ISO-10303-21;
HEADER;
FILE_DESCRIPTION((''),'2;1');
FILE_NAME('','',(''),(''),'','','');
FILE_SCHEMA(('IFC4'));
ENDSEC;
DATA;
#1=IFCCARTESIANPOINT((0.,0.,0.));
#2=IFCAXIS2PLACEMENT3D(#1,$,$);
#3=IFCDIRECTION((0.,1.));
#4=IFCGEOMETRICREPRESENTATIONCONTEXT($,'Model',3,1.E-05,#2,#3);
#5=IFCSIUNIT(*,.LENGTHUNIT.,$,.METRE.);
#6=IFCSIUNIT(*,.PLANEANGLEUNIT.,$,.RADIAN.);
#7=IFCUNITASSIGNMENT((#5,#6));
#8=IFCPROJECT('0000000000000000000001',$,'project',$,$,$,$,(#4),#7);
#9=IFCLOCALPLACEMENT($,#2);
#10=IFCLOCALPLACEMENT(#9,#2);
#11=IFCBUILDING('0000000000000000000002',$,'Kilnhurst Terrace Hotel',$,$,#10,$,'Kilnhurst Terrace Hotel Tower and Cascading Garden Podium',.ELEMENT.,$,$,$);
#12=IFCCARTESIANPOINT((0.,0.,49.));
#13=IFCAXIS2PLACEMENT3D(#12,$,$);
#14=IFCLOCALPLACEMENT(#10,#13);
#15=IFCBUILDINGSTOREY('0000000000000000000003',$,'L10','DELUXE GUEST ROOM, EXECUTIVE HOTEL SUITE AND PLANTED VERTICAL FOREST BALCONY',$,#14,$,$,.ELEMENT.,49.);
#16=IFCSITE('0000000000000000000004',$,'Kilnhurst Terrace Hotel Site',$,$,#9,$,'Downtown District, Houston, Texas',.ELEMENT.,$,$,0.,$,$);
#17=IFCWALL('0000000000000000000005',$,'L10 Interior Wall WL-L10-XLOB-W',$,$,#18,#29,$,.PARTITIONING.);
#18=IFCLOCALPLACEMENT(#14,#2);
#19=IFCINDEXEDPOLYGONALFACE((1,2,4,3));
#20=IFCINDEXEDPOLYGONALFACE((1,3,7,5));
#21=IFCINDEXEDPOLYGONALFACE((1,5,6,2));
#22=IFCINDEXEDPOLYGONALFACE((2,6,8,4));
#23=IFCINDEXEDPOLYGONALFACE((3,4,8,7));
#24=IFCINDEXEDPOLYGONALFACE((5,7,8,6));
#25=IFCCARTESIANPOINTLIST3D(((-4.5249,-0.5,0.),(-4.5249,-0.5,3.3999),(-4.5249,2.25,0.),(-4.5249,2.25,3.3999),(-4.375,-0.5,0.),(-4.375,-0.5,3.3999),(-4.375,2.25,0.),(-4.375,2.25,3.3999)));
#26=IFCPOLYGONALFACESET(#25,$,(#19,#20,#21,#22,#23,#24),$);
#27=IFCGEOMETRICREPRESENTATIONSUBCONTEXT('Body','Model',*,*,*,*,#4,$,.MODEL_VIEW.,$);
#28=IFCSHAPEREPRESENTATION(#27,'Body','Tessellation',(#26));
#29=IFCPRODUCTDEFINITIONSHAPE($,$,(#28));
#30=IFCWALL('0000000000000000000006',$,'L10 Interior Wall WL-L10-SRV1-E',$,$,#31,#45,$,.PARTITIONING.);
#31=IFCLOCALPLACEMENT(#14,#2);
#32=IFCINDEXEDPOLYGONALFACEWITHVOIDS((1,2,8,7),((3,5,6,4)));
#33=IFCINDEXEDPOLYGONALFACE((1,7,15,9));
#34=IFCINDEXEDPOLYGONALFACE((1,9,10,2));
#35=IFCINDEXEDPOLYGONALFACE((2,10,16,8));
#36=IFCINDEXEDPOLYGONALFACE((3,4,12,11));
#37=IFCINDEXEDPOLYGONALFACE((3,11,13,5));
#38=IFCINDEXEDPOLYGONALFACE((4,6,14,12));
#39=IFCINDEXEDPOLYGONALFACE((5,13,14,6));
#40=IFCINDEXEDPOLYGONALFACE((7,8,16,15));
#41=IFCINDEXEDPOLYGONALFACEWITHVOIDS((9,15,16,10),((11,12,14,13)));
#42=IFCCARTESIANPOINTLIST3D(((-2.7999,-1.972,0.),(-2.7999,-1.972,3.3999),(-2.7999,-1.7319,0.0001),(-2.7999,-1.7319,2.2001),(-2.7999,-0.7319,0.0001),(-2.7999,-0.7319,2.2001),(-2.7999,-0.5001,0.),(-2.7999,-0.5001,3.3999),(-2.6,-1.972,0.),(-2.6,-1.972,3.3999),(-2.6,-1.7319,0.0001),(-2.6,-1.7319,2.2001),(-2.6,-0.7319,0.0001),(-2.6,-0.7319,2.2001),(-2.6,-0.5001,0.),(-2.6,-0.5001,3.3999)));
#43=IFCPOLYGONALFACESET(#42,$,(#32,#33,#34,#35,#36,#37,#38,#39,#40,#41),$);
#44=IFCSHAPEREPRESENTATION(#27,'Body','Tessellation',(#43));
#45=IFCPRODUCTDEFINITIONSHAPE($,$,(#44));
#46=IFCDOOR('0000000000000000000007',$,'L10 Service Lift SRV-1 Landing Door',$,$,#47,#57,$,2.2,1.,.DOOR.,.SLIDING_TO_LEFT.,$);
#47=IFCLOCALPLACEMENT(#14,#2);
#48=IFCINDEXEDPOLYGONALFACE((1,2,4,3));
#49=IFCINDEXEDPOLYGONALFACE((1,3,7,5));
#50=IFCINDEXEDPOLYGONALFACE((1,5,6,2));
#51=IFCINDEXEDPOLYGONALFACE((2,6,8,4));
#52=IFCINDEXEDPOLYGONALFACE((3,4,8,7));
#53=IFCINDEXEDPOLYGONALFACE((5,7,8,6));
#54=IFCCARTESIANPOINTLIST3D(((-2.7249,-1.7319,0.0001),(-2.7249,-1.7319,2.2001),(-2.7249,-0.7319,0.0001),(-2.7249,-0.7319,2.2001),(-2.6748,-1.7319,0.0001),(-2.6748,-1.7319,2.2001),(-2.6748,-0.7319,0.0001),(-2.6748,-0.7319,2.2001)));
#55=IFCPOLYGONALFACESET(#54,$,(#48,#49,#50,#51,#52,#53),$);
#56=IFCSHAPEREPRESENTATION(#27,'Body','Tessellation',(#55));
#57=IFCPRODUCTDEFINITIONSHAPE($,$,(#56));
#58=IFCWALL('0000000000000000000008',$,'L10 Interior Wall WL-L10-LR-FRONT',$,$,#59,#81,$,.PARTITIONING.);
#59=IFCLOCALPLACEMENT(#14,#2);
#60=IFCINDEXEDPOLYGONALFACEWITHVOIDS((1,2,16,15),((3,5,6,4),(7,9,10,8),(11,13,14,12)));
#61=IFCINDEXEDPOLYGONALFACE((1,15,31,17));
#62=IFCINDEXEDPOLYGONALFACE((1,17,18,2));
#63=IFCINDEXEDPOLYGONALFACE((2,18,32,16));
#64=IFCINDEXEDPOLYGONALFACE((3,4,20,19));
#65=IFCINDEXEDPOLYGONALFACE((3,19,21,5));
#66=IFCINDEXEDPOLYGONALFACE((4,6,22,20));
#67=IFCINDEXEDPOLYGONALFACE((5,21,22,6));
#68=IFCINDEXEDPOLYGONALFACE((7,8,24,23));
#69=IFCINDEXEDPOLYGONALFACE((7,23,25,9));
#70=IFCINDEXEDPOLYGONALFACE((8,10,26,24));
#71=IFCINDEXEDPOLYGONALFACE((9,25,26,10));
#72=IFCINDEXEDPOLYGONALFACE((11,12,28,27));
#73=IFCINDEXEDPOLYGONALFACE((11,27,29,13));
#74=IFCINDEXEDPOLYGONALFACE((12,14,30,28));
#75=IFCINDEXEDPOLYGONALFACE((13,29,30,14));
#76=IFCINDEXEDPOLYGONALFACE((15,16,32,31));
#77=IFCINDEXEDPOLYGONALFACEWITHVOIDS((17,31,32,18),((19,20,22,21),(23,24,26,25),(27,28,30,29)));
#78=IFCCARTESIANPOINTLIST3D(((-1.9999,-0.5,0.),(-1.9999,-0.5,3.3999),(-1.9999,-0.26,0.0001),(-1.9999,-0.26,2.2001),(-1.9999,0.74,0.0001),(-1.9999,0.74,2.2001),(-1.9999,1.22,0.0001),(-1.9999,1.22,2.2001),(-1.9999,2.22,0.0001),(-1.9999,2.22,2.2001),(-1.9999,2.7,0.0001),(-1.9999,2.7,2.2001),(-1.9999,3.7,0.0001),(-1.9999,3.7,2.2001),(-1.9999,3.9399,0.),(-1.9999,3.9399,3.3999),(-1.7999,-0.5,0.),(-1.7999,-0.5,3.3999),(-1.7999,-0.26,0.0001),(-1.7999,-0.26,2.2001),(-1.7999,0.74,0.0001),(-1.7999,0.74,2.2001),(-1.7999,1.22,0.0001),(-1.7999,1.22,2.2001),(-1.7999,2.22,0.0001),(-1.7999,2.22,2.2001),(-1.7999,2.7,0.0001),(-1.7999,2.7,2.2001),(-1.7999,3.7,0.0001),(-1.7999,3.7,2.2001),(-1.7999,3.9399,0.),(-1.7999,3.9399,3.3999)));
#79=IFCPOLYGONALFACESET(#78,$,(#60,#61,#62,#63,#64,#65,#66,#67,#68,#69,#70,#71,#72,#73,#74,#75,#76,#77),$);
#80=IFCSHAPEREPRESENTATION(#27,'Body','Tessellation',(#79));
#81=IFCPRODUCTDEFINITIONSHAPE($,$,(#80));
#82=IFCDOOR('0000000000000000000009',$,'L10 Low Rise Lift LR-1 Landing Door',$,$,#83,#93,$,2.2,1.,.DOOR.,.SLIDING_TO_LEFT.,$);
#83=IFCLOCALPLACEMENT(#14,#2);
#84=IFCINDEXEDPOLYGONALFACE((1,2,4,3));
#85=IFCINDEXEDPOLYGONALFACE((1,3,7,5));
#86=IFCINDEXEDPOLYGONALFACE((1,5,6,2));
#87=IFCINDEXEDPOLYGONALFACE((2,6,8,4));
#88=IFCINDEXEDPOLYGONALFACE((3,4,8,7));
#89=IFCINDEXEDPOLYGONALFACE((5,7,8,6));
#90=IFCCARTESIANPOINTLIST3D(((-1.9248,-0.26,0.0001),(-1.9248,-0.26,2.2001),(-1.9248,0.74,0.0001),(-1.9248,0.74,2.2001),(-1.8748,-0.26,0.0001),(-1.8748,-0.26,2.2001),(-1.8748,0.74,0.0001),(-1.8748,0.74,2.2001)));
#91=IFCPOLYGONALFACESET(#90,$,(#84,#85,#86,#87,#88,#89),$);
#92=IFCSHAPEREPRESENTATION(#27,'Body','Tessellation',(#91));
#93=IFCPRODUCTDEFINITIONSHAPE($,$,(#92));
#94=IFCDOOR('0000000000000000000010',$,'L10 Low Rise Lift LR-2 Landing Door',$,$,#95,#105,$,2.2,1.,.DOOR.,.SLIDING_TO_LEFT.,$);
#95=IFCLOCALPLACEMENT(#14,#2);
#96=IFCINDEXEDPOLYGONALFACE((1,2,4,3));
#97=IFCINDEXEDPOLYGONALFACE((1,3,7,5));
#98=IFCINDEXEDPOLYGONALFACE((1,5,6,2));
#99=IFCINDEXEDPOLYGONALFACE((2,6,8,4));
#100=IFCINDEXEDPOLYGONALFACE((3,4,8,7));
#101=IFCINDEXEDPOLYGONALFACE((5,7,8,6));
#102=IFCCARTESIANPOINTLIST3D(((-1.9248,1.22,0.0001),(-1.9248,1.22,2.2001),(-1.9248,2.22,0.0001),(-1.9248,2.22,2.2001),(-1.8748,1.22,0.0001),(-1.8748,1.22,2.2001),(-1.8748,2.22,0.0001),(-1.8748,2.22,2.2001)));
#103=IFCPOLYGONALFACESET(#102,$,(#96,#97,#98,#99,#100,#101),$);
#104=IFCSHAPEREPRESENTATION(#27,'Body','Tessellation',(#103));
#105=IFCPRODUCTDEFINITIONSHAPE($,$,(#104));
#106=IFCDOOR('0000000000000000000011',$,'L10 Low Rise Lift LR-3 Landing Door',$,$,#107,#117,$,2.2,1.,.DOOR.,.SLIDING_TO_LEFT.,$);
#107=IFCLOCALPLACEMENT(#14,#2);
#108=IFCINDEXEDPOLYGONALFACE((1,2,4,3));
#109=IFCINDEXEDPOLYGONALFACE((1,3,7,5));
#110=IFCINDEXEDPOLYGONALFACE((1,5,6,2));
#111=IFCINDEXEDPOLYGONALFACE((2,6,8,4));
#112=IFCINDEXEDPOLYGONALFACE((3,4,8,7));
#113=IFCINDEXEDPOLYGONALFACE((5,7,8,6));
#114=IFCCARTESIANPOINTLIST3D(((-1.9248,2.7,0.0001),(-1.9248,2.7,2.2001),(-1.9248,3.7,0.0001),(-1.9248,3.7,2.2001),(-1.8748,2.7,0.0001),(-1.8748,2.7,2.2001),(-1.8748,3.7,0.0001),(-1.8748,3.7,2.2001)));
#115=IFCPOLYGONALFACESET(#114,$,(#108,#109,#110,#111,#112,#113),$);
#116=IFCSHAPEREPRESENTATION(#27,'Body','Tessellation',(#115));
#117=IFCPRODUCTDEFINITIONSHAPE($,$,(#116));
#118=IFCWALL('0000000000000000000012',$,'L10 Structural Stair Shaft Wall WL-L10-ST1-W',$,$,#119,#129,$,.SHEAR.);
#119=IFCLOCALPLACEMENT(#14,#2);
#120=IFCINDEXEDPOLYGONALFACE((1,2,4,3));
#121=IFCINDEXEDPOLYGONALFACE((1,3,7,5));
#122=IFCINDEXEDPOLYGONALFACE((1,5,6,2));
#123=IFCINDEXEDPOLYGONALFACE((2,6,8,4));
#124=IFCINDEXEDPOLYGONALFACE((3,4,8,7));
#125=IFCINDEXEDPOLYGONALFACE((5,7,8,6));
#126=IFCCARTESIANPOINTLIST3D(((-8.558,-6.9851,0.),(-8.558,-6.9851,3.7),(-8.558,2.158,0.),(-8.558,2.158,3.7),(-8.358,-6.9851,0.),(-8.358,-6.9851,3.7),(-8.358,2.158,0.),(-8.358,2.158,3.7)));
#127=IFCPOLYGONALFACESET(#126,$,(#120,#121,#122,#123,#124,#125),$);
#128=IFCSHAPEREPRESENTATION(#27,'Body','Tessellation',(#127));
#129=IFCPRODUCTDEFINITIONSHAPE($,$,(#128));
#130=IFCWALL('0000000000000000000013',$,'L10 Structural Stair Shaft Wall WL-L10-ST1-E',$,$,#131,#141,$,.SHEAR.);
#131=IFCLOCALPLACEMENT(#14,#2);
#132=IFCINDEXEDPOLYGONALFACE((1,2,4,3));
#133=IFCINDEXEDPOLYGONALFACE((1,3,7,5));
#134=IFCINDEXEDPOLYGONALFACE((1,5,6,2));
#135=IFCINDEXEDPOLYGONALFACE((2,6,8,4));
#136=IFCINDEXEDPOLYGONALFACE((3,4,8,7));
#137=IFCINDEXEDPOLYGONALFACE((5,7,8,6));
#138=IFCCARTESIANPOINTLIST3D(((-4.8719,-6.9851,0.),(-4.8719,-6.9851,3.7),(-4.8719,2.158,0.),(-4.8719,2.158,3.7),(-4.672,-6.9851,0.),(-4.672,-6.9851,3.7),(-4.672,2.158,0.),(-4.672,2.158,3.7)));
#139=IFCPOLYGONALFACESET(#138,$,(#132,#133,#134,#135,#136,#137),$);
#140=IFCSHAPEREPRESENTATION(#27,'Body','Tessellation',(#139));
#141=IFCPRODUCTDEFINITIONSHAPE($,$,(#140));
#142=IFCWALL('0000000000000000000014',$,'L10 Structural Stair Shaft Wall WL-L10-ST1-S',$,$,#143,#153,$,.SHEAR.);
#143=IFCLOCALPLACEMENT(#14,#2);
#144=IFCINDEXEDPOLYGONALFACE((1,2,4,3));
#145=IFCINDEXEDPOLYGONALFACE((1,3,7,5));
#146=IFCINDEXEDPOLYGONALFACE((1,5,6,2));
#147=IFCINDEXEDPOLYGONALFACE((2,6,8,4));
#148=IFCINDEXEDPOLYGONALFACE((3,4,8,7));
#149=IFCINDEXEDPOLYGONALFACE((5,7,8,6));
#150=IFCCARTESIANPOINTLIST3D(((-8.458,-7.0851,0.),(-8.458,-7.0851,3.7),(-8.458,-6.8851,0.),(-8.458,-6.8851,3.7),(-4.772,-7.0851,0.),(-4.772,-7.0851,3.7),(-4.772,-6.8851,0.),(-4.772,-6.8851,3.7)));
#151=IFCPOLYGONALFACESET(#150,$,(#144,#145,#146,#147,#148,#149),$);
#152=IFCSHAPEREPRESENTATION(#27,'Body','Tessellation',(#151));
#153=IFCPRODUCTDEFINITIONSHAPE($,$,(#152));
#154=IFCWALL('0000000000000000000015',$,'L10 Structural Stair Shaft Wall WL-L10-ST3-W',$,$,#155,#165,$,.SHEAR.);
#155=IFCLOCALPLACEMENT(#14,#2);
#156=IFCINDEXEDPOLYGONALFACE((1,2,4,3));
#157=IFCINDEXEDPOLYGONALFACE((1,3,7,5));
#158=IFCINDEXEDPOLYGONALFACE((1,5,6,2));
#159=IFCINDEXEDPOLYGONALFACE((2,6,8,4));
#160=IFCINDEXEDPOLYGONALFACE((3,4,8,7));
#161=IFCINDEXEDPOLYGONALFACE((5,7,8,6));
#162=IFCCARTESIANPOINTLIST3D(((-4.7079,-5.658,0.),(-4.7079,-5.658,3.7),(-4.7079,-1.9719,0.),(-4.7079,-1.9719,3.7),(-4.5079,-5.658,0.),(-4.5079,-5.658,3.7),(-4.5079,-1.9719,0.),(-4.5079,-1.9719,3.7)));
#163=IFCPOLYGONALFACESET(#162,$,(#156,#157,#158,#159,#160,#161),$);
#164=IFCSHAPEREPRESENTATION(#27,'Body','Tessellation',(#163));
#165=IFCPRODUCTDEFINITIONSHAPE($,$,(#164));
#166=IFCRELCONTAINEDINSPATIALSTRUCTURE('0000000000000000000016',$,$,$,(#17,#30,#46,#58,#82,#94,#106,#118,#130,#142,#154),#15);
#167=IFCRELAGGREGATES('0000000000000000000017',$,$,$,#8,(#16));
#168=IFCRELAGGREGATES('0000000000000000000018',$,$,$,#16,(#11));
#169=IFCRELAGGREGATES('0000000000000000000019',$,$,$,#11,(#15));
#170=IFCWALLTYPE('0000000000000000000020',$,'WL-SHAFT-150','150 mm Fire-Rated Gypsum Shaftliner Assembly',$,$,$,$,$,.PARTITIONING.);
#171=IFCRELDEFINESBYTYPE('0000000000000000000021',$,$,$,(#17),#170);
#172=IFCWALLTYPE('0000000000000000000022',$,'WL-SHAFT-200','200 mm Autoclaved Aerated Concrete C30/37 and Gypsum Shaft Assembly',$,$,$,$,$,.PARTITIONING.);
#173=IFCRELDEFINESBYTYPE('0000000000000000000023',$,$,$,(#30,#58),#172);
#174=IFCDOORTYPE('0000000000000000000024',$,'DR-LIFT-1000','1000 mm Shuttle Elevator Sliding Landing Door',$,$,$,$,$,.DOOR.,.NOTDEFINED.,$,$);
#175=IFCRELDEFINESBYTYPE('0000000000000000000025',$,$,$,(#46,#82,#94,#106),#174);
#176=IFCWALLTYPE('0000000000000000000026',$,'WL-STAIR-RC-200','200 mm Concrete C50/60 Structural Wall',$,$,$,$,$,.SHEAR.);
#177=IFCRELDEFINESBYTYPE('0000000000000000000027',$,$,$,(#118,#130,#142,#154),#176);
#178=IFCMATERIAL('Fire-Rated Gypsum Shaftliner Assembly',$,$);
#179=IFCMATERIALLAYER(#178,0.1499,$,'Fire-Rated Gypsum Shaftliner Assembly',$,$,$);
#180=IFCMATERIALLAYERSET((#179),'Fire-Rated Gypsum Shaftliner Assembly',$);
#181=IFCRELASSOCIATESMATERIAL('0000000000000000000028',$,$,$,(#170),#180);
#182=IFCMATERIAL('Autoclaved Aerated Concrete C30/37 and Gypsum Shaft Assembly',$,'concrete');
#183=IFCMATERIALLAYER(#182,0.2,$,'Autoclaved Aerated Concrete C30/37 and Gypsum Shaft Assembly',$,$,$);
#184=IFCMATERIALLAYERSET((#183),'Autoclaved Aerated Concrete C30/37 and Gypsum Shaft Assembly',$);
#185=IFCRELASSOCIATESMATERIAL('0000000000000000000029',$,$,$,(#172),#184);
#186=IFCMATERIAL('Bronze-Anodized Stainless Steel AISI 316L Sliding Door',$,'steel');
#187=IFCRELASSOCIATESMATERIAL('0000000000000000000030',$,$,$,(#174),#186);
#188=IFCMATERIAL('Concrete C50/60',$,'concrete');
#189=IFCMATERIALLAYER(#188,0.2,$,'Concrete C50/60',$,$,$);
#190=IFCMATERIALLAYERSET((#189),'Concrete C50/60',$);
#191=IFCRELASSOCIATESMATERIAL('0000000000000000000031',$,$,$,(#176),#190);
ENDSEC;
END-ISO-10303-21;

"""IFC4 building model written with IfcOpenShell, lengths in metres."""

from ifc_helpers import new_model, si_unit, direction, frame, frame_2d, origin, place, context, subcontext, project, spatial, rectangle, extrude, material, layer, layer_set, type_object, element, fill, save


model = new_model("IFC4")

# Units and contexts
model_context = context("Model", 3, precision=1e-05, world=origin(), true_north=direction((0.0, 1.0)))
body_context = subcontext(model_context, "Body", "Model", "MODEL_VIEW")
ifc_project = project(units=[si_unit("LENGTHUNIT", "METRE"), si_unit("PLANEANGLEUNIT", "RADIAN")], contexts=[model_context])

# Site, building, storey
site_placement = place(None, origin())
site = spatial("IfcSite", under=ifc_project, at=site_placement, Name="Kilnhurst Terrace Hotel Site", LongName="Downtown District, Houston, Texas", CompositionType="ELEMENT", RefElevation=0.0)
building_placement = place(site_placement, origin())
building = spatial("IfcBuilding", under=site, at=building_placement, Name="Kilnhurst Terrace Hotel", LongName="Kilnhurst Terrace Hotel Tower and Cascading Garden Podium", CompositionType="ELEMENT")
storey_placement = place(building_placement, frame((0.0, 0.0, 49.0)))
storey = spatial("IfcBuildingStorey", under=building, at=storey_placement, Name="L10", Description="DELUXE GUEST ROOM, EXECUTIVE HOTEL SUITE AND PLANTED VERTICAL FOREST BALCONY", CompositionType="ELEMENT", Elevation=49.0)

# Wall
ifc_material_1 = material(Name="Fire-Rated Gypsum Shaftliner Assembly")
ifc_layer_1 = layer(ifc_material_1, 0.1499, Name="Fire-Rated Gypsum Shaftliner Assembly")
ifc_layer_set_1 = layer_set([ifc_layer_1], Name="Fire-Rated Gypsum Shaftliner Assembly")
wall_type_1 = type_object("IfcWallType", Name="WL-SHAFT-150", Description="150 mm Fire-Rated Gypsum Shaftliner Assembly", PredefinedType="PARTITIONING", material=ifc_layer_set_1)
wall_1_placement = place(storey_placement, frame((-4.45, -0.5, 0.0), z_axis=(0.0, 0.0, 1.0), x_axis=(0.0, 1.0, 0.0)))
element("IfcWall", 1, at=wall_1_placement, inside=storey, type_object=wall_type_1, Name="L10 Interior Wall WL-L10-XLOB-W", PredefinedType="PARTITIONING", context=body_context, shape_type="SweptSolid", body=[
    extrude(rectangle(XDim=2.75, YDim=0.1499, at=frame_2d((1.375, 0.0))), origin(), (0.0, 0.0, 1.0), 3.3999),
])

# Wall, opening, door
ifc_material_2 = material(Name="Autoclaved Aerated Concrete C30/37 and Gypsum Shaft Assembly", Category="concrete")
ifc_layer_2 = layer(ifc_material_2, 0.2, Name="Autoclaved Aerated Concrete C30/37 and Gypsum Shaft Assembly")
ifc_layer_set_2 = layer_set([ifc_layer_2], Name="Autoclaved Aerated Concrete C30/37 and Gypsum Shaft Assembly")
wall_type_2 = type_object("IfcWallType", Name="WL-SHAFT-200", Description="200 mm Autoclaved Aerated Concrete C30/37 and Gypsum Shaft Assembly", PredefinedType="PARTITIONING", material=ifc_layer_set_2)
wall_2_placement = place(storey_placement, frame((-2.7, -1.9719, 0.0), z_axis=(0.0, 0.0, 1.0), x_axis=(0.0, 1.0, 0.0)))
wall_2 = element("IfcWall", 2, at=wall_2_placement, inside=storey, type_object=wall_type_2, Name="L10 Interior Wall WL-L10-SRV1-E", PredefinedType="PARTITIONING", context=body_context, shape_type="SweptSolid", body=[
    extrude(rectangle(XDim=1.4719, YDim=0.2, at=frame_2d((0.7358, 0.0))), origin(), (0.0, 0.0, 1.0), 3.3999),
])
opening_1_placement = place(wall_2_placement, frame((0.24, 0.0, 0.0)))
opening_1 = element("IfcOpeningElement", 3, at=opening_1_placement, cuts=wall_2, PredefinedType="OPENING", context=body_context, shape_type="SweptSolid", body=[
    extrude(rectangle(XDim=1.0, YDim=2.2, at=frame_2d((0.5, 1.1001))), frame((0.0, 0.1099, 0.0), z_axis=(0.0, -1.0, 0.0), x_axis=(1.0, 0.0, 0.0)), (0.0, 0.0, 1.0), 0.22),
])
ifc_material_3 = material(Name="Bronze-Anodized Stainless Steel AISI 316L Sliding Door", Category="steel")
door_type_1 = type_object("IfcDoorType", Name="DR-LIFT-1000", Description="1000 mm Shuttle Elevator Sliding Landing Door", OperationType="NOTDEFINED", PredefinedType="DOOR", material=ifc_material_3)
door_1_placement = place(opening_1_placement, origin())
door_1 = element("IfcDoor", 4, at=door_1_placement, inside=storey, type_object=door_type_1, Name="L10 Service Lift SRV-1 Landing Door", OperationType="SLIDING_TO_LEFT", OverallHeight=2.2, OverallWidth=1.0, PredefinedType="DOOR", context=body_context, shape_type="SweptSolid", body=[
    extrude(rectangle(XDim=1.0, YDim=2.2, at=frame_2d((0.5, 1.1001))), frame((0.0, 0.0249, 0.0), z_axis=(0.0, -1.0, 0.0), x_axis=(1.0, 0.0, 0.0)), (0.0, 0.0, 1.0), 0.05),
])
fill(opening_1, door_1)

# Wall, openings, doors
wall_3_placement = place(storey_placement, frame((-1.8999, -0.5, 0.0), z_axis=(0.0, 0.0, 1.0), x_axis=(0.0, 1.0, 0.0)))
wall_3 = element("IfcWall", 5, at=wall_3_placement, inside=storey, type_object=wall_type_2, Name="L10 Interior Wall WL-L10-LR-FRONT", PredefinedType="PARTITIONING", context=body_context, shape_type="SweptSolid", body=[
    extrude(rectangle(XDim=4.4399, YDim=0.2, at=frame_2d((2.22, 0.0))), origin(), (0.0, 0.0, 1.0), 3.3999),
])
opening_2_placement = place(wall_3_placement, frame((0.24, 0.0, 0.0)))
opening_2 = element("IfcOpeningElement", 6, at=opening_2_placement, cuts=wall_3, PredefinedType="OPENING", context=body_context, shape_type="SweptSolid", body=[
    extrude(rectangle(XDim=1.0, YDim=2.2, at=frame_2d((0.5, 1.1001))), frame((0.0, 0.1099, 0.0), z_axis=(0.0, -1.0, 0.0), x_axis=(1.0, 0.0, 0.0)), (0.0, 0.0, 1.0), 0.22),
])
opening_3_placement = place(wall_3_placement, frame((1.72, 0.0, 0.0)))
opening_3 = element("IfcOpeningElement", 7, at=opening_3_placement, cuts=wall_3, PredefinedType="OPENING", context=body_context, shape_type="SweptSolid", body=[
    extrude(rectangle(XDim=1.0, YDim=2.2, at=frame_2d((0.5, 1.1001))), frame((0.0, 0.1099, 0.0), z_axis=(0.0, -1.0, 0.0), x_axis=(1.0, 0.0, 0.0)), (0.0, 0.0, 1.0), 0.22),
])
opening_4_placement = place(wall_3_placement, frame((3.2, 0.0, 0.0)))
opening_4 = element("IfcOpeningElement", 8, at=opening_4_placement, cuts=wall_3, PredefinedType="OPENING", context=body_context, shape_type="SweptSolid", body=[
    extrude(rectangle(XDim=1.0, YDim=2.2, at=frame_2d((0.5, 1.1001))), frame((0.0, 0.1099, 0.0), z_axis=(0.0, -1.0, 0.0), x_axis=(1.0, 0.0, 0.0)), (0.0, 0.0, 1.0), 0.22),
])
door_2_placement = place(opening_2_placement, origin())
door_2 = element("IfcDoor", 9, at=door_2_placement, inside=storey, type_object=door_type_1, Name="L10 Low Rise Lift LR-1 Landing Door", OperationType="SLIDING_TO_LEFT", OverallHeight=2.2, OverallWidth=1.0, PredefinedType="DOOR", context=body_context, shape_type="SweptSolid", body=[
    extrude(rectangle(XDim=1.0, YDim=2.2, at=frame_2d((0.5, 1.1001))), frame((0.0, 0.0249, 0.0), z_axis=(0.0, -1.0, 0.0), x_axis=(1.0, 0.0, 0.0)), (0.0, 0.0, 1.0), 0.05),
])
fill(opening_2, door_2)
door_3_placement = place(opening_3_placement, origin())
door_3 = element("IfcDoor", 10, at=door_3_placement, inside=storey, type_object=door_type_1, Name="L10 Low Rise Lift LR-2 Landing Door", OperationType="SLIDING_TO_LEFT", OverallHeight=2.2, OverallWidth=1.0, PredefinedType="DOOR", context=body_context, shape_type="SweptSolid", body=[
    extrude(rectangle(XDim=1.0, YDim=2.2, at=frame_2d((0.5, 1.1001))), frame((0.0, 0.0249, 0.0), z_axis=(0.0, -1.0, 0.0), x_axis=(1.0, 0.0, 0.0)), (0.0, 0.0, 1.0), 0.05),
])
fill(opening_3, door_3)
door_4_placement = place(opening_4_placement, origin())
door_4 = element("IfcDoor", 11, at=door_4_placement, inside=storey, type_object=door_type_1, Name="L10 Low Rise Lift LR-3 Landing Door", OperationType="SLIDING_TO_LEFT", OverallHeight=2.2, OverallWidth=1.0, PredefinedType="DOOR", context=body_context, shape_type="SweptSolid", body=[
    extrude(rectangle(XDim=1.0, YDim=2.2, at=frame_2d((0.5, 1.1001))), frame((0.0, 0.0249, 0.0), z_axis=(0.0, -1.0, 0.0), x_axis=(1.0, 0.0, 0.0)), (0.0, 0.0, 1.0), 0.05),
])
fill(opening_4, door_4)

# Walls
ifc_material_4 = material(Name="Concrete C50/60", Category="concrete")
ifc_layer_3 = layer(ifc_material_4, 0.2, Name="Concrete C50/60")
ifc_layer_set_3 = layer_set([ifc_layer_3], Name="Concrete C50/60")
wall_type_3 = type_object("IfcWallType", Name="WL-STAIR-RC-200", Description="200 mm Concrete C50/60 Structural Wall", PredefinedType="SHEAR", material=ifc_layer_set_3)
for number, where, z_axis, x_axis, name in (
    (12, (-8.458, -6.9851, 0.0), (0.0, 0.0, 1.0), (0.0, 1.0, 0.0), "L10 Structural Stair Shaft Wall WL-L10-ST1-W"),
    (13, (-4.772, -6.9851, 0.0), (0.0, 0.0, 1.0), (0.0, 1.0, 0.0), "L10 Structural Stair Shaft Wall WL-L10-ST1-E"),
):
    element("IfcWall", number, at=place(storey_placement, frame(where, z_axis=z_axis, x_axis=x_axis)), inside=storey, type_object=wall_type_3, Name=name, PredefinedType="SHEAR", context=body_context, shape_type="SweptSolid", body=[
        extrude(rectangle(XDim=9.1431, YDim=0.2, at=frame_2d((4.5715, 0.0))), origin(), (0.0, 0.0, 1.0), 3.7),
    ])
for number, where, z_axis, x_axis, name in (
    (14, (-8.458, -6.9851, 0.0), (0.0, 0.0, 1.0), (1.0, 0.0, 0.0), "L10 Structural Stair Shaft Wall WL-L10-ST1-S"),
    (15, (-4.6079, -5.658, 0.0), (0.0, 0.0, 1.0), (0.0, 1.0, 0.0), "L10 Structural Stair Shaft Wall WL-L10-ST3-W"),
):
    element("IfcWall", number, at=place(storey_placement, frame(where, z_axis=z_axis, x_axis=x_axis)), inside=storey, type_object=wall_type_3, Name=name, PredefinedType="SHEAR", context=body_context, shape_type="SweptSolid", body=[
        extrude(rectangle(XDim=3.686, YDim=0.2, at=frame_2d((1.843, 0.0))), origin(), (0.0, 0.0, 1.0), 3.7),
    ])

save(model, "model.ifc")
